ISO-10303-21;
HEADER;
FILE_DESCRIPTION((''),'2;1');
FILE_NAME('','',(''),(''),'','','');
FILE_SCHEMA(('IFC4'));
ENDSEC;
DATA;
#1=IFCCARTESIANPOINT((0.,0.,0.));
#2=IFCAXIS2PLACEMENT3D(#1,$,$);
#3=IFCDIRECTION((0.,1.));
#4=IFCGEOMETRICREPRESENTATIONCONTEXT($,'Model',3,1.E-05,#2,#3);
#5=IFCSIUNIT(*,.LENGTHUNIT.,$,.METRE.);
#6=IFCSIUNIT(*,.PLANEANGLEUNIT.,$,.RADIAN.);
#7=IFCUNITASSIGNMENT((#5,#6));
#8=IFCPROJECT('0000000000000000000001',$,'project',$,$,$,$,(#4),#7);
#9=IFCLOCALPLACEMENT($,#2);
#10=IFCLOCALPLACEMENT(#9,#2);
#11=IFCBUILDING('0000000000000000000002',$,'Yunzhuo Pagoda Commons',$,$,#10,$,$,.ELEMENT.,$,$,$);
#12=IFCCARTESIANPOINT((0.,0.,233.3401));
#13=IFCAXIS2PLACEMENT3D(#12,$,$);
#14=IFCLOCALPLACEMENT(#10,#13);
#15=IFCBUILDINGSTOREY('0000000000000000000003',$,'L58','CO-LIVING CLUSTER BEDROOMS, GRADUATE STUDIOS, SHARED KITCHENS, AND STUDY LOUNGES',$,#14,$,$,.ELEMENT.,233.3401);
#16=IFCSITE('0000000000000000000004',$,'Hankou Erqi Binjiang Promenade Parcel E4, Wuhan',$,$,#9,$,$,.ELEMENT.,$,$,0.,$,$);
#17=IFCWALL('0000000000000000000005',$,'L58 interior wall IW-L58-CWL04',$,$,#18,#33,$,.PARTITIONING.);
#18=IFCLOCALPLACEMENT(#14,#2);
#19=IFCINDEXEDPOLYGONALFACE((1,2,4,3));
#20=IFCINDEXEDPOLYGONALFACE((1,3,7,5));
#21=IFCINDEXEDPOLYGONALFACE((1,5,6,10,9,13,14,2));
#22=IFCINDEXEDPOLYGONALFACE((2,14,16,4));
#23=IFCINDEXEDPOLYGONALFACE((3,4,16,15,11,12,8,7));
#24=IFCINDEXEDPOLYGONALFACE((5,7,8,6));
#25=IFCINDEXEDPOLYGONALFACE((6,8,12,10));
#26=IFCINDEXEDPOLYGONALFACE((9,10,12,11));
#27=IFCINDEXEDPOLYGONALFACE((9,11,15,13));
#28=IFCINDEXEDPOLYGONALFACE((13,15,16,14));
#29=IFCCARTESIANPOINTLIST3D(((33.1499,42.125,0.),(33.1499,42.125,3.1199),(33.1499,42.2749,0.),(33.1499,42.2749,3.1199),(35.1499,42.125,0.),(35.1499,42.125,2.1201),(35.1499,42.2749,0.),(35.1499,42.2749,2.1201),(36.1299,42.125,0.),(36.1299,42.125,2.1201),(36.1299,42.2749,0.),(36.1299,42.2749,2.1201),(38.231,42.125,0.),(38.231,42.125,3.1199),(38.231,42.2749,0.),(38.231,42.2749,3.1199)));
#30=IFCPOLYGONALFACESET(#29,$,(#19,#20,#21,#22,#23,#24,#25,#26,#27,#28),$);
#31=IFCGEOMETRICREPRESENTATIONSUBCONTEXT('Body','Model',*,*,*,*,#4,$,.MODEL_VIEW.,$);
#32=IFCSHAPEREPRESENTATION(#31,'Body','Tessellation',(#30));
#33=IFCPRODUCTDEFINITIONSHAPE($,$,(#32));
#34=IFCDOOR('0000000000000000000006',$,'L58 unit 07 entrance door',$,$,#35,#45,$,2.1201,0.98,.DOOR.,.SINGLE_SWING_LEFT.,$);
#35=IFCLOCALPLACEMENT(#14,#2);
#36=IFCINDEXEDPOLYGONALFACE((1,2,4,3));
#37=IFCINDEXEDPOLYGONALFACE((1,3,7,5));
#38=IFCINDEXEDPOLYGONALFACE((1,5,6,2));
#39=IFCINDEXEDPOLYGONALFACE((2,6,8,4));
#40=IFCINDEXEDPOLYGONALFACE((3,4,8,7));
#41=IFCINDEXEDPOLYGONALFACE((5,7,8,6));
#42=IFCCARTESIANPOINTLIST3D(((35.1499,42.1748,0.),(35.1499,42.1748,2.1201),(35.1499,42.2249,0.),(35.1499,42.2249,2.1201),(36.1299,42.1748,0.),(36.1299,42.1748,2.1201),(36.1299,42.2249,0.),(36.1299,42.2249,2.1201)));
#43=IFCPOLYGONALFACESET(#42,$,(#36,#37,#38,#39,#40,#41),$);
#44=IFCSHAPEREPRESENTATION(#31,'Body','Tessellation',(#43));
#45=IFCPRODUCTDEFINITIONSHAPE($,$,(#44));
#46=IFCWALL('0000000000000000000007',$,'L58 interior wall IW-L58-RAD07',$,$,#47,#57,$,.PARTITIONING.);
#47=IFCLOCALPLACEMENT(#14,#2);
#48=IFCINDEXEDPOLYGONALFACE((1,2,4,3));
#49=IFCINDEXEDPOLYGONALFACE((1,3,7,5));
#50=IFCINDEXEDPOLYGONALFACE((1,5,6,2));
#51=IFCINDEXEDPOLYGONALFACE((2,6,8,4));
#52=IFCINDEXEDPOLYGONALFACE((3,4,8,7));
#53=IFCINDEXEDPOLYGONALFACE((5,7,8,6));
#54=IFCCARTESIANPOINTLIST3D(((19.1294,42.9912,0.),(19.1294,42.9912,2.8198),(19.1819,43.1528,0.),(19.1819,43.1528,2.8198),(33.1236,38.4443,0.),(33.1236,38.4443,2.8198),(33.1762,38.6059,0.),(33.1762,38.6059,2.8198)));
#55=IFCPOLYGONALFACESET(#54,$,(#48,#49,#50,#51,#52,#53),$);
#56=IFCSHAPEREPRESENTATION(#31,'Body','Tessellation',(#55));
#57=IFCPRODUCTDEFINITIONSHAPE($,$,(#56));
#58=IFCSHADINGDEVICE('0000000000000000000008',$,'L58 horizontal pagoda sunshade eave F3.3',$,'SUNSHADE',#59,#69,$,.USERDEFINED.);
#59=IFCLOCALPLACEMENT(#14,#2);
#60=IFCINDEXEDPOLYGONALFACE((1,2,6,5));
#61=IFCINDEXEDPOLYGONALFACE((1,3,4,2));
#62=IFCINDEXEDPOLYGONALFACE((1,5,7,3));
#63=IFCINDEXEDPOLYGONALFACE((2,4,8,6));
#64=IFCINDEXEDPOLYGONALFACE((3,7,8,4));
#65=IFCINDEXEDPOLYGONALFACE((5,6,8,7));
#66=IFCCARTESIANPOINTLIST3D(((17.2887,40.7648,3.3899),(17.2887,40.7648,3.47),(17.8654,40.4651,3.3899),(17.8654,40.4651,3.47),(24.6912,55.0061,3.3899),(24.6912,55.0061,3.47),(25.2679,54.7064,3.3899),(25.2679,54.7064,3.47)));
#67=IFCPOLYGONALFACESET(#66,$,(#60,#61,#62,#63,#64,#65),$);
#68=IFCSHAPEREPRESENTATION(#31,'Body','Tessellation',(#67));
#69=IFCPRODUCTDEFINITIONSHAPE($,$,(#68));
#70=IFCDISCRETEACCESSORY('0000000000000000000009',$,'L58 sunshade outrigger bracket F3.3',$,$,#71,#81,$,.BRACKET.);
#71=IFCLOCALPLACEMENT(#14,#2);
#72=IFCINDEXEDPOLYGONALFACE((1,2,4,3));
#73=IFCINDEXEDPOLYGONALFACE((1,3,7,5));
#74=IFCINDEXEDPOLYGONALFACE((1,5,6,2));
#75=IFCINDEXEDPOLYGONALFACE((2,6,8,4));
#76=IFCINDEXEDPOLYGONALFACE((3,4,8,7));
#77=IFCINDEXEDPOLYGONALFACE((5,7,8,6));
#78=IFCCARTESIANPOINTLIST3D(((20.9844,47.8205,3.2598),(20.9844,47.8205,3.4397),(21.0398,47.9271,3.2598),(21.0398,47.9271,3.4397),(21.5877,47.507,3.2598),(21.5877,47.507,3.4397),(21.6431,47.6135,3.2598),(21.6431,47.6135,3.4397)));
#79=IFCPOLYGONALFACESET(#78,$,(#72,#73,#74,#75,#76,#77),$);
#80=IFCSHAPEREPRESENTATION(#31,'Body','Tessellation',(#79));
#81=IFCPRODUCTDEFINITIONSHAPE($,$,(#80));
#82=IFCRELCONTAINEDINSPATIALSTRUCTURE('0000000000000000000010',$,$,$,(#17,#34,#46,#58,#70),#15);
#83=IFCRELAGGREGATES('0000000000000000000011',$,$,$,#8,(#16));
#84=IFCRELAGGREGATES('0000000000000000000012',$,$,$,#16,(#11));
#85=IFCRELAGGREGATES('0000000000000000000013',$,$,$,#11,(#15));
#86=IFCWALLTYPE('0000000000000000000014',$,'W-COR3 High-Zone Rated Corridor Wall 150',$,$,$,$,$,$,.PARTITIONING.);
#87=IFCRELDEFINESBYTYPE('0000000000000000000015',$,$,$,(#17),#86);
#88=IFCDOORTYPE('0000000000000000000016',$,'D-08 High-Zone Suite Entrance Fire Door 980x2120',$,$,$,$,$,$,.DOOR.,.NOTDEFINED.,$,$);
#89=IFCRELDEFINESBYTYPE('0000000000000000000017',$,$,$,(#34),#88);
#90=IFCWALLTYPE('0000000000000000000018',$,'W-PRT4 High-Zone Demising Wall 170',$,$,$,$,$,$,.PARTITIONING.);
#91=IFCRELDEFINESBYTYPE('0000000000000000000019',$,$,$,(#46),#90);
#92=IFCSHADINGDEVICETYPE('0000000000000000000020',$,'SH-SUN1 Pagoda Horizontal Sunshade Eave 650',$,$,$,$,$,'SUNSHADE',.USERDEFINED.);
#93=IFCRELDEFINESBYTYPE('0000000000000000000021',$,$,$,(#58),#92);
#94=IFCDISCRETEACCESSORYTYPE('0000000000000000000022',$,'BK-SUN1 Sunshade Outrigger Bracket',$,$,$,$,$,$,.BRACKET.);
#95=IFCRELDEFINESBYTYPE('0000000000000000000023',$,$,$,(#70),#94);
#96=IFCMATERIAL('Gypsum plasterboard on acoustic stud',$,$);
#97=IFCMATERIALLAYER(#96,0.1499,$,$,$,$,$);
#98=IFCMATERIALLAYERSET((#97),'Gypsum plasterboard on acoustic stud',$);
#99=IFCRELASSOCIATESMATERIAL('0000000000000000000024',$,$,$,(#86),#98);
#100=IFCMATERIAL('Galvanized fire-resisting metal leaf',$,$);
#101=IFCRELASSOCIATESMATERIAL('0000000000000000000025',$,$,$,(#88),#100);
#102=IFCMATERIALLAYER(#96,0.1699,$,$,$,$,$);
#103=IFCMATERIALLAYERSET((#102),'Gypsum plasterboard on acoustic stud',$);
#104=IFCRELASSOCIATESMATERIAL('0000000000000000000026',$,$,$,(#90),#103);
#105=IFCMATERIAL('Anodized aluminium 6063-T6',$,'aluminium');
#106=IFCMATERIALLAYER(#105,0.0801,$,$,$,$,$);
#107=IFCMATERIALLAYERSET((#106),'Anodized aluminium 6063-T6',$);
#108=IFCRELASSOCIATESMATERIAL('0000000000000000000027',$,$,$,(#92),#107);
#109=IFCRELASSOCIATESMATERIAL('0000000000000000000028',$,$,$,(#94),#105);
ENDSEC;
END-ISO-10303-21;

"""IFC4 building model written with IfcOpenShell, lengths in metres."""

from ifc_helpers import new_model, si_unit, direction, frame, frame_2d, origin, origin_with_axes, origin_2d, place, context, subcontext, project, spatial, rectangle, extrude, source, transform, mapped, material, layer, layer_set, type_object, element, fill, save


model = new_model("IFC4")

# Units and contexts
model_context = context("Model", 3, precision=1e-05, world=origin(), true_north=direction((0.0, 1.0)))
body_context = subcontext(model_context, "Body", "Model", "MODEL_VIEW")
ifc_project = project(units=[si_unit("LENGTHUNIT", "METRE"), si_unit("PLANEANGLEUNIT", "RADIAN")], contexts=[model_context])

# Site, building, storey
site_placement = place(None, origin())
site = spatial("IfcSite", under=ifc_project, at=site_placement, Name="Hankou Erqi Binjiang Promenade Parcel E4, Wuhan", CompositionType="ELEMENT", RefElevation=0.0)
building_placement = place(site_placement, origin())
building = spatial("IfcBuilding", under=site, at=building_placement, Name="Yunzhuo Pagoda Commons", CompositionType="ELEMENT")
storey_placement = place(building_placement, frame((0.0, 0.0, 233.3401)))
storey = spatial("IfcBuildingStorey", under=building, at=storey_placement, Name="L58", Description="CO-LIVING CLUSTER BEDROOMS, GRADUATE STUDIOS, SHARED KITCHENS, AND STUDY LOUNGES", CompositionType="ELEMENT", Elevation=233.3401)

# Shared definitions
ifc_material_1 = material(Name="Anodized aluminium 6063-T6", Category="aluminium")

# Shared definitions
ifc_material_2 = material(Name="Gypsum plasterboard on acoustic stud")
ifc_layer_1 = layer(ifc_material_2, 0.1499)
ifc_layer_set_1 = layer_set([ifc_layer_1], Name="Gypsum plasterboard on acoustic stud")
wall_type_1 = type_object("IfcWallType", Name="W-COR3 High-Zone Rated Corridor Wall 150", PredefinedType="PARTITIONING", material=ifc_layer_set_1)

# Wall, opening, door
wall_1_placement = place(storey_placement, frame((33.1499, 42.2, 0.0), z_axis=(0.0, 0.0, 1.0), x_axis=(1.0, 0.0, 0.0)))
wall_1 = element("IfcWall", 1, at=wall_1_placement, inside=storey, type_object=wall_type_1, Name="L58 interior wall IW-L58-CWL04", PredefinedType="PARTITIONING", context=body_context, shape_type="SweptSolid", body=[
    extrude(rectangle(XDim=5.0811, YDim=0.1499, at=frame_2d((2.5405, 0.0))), origin(), (0.0, 0.0, 1.0), 3.1199),
])
opening_placement = place(wall_1_placement, frame((2.0, 0.0, 0.0)))
opening = element("IfcOpeningElement", 2, at=opening_placement, cuts=wall_1, PredefinedType="OPENING", context=body_context, shape_type="SweptSolid", body=[
    extrude(rectangle(XDim=0.98, YDim=2.1201, at=frame_2d((0.49, 1.0601))), frame((0.0, 0.085, 0.0), z_axis=(0.0, -1.0, 0.0), x_axis=(1.0, 0.0, 0.0)), (0.0, 0.0, 1.0), 0.1699),
])
ifc_material_3 = material(Name="Galvanized fire-resisting metal leaf")
door_type = type_object("IfcDoorType", Name="D-08 High-Zone Suite Entrance Fire Door 980x2120", OperationType="NOTDEFINED", PredefinedType="DOOR", material=ifc_material_3)
shared_shape_1 = source(origin(), body_context, "Body", "SweptSolid", [
    extrude(rectangle(XDim=0.98, YDim=2.1201, at=frame_2d((0.49, 1.0601))), frame((0.0, 0.0249, 0.0), z_axis=(0.0, -1.0, 0.0), x_axis=(1.0, 0.0, 0.0)), (0.0, 0.0, 1.0), 0.05),
])
door_placement = place(opening_placement, origin_with_axes())
door = element("IfcDoor", 3, at=door_placement, inside=storey, type_object=door_type, Name="L58 unit 07 entrance door", OperationType="SINGLE_SWING_LEFT", OverallHeight=2.1201, OverallWidth=0.98, PredefinedType="DOOR", context=body_context, shape_type="MappedRepresentation", body=[
    mapped(shared_shape_1, transform((0.0, 0.0, 0.0), scale=1.0)),
])
fill(opening, door)

# Wall
ifc_layer_2 = layer(ifc_material_2, 0.1699)
ifc_layer_set_2 = layer_set([ifc_layer_2], Name="Gypsum plasterboard on acoustic stud")
wall_type_2 = type_object("IfcWallType", Name="W-PRT4 High-Zone Demising Wall 170", PredefinedType="PARTITIONING", material=ifc_layer_set_2)
wall_2_placement = place(storey_placement, frame((33.1499, 38.5251, 0.0), z_axis=(0.0, 0.0, 1.0), x_axis=(-0.951058, 0.309011, 0.0)))
element("IfcWall", 4, at=wall_2_placement, inside=storey, type_object=wall_type_2, Name="L58 interior wall IW-L58-RAD07", PredefinedType="PARTITIONING", context=body_context, shape_type="SweptSolid", body=[
    extrude(rectangle(XDim=14.7144, YDim=0.1699, at=frame_2d((7.3572, 0.0))), origin(), (0.0, 0.0, 1.0), 2.8198),
])

# Shading device
ifc_layer_3 = layer(ifc_material_1, 0.0801)
ifc_layer_set_3 = layer_set([ifc_layer_3], Name="Anodized aluminium 6063-T6")
shading_device_type = type_object("IfcShadingDeviceType", Name="SH-SUN1 Pagoda Horizontal Sunshade Eave 650", ElementType="SUNSHADE", PredefinedType="USERDEFINED", material=ifc_layer_set_3)
shared_shape_2 = source(origin(), body_context, "Body", "SweptSolid", [
    extrude(rectangle(XDim=16.0503, YDim=0.6499, at=origin_2d()), origin(), (0.0, 0.0, 1.0), 0.0801),
])
shading_device_placement = place(storey_placement, frame((21.2783, 47.7356, 3.3899), z_axis=(0.0, 0.0, 1.0), x_axis=(-0.461207, -0.887293, 0.0)))
element("IfcShadingDevice", 5, at=shading_device_placement, inside=storey, type_object=shading_device_type, Name="L58 horizontal pagoda sunshade eave F3.3", ObjectType="SUNSHADE", PredefinedType="USERDEFINED", context=body_context, shape_type="MappedRepresentation", body=[
    mapped(shared_shape_2, transform((0.0, 0.0, 0.0), scale=1.0)),
])

# Discrete accessory
discrete_accessory_type = type_object("IfcDiscreteAccessoryType", Name="BK-SUN1 Sunshade Outrigger Bracket", PredefinedType="BRACKET", material=ifc_material_1)
shared_shape_3 = source(origin(), body_context, "Body", "SweptSolid", [
    extrude(rectangle(XDim=0.1201, YDim=0.6799, at=origin_2d()), origin(), (0.0, 0.0, 1.0), 0.1799),
])
discrete_accessory_placement = place(storey_placement, frame((21.3137, 47.717, 3.2598), z_axis=(0.0, 0.0, 1.0), x_axis=(-0.461207, -0.887293, 0.0)))
element("IfcDiscreteAccessory", 6, at=discrete_accessory_placement, inside=storey, type_object=discrete_accessory_type, Name="L58 sunshade outrigger bracket F3.3", PredefinedType="BRACKET", context=body_context, shape_type="MappedRepresentation", body=[
    mapped(shared_shape_3, transform((0.0, 0.0, 0.0), scale=1.0)),
])

save(model, "model.ifc")
